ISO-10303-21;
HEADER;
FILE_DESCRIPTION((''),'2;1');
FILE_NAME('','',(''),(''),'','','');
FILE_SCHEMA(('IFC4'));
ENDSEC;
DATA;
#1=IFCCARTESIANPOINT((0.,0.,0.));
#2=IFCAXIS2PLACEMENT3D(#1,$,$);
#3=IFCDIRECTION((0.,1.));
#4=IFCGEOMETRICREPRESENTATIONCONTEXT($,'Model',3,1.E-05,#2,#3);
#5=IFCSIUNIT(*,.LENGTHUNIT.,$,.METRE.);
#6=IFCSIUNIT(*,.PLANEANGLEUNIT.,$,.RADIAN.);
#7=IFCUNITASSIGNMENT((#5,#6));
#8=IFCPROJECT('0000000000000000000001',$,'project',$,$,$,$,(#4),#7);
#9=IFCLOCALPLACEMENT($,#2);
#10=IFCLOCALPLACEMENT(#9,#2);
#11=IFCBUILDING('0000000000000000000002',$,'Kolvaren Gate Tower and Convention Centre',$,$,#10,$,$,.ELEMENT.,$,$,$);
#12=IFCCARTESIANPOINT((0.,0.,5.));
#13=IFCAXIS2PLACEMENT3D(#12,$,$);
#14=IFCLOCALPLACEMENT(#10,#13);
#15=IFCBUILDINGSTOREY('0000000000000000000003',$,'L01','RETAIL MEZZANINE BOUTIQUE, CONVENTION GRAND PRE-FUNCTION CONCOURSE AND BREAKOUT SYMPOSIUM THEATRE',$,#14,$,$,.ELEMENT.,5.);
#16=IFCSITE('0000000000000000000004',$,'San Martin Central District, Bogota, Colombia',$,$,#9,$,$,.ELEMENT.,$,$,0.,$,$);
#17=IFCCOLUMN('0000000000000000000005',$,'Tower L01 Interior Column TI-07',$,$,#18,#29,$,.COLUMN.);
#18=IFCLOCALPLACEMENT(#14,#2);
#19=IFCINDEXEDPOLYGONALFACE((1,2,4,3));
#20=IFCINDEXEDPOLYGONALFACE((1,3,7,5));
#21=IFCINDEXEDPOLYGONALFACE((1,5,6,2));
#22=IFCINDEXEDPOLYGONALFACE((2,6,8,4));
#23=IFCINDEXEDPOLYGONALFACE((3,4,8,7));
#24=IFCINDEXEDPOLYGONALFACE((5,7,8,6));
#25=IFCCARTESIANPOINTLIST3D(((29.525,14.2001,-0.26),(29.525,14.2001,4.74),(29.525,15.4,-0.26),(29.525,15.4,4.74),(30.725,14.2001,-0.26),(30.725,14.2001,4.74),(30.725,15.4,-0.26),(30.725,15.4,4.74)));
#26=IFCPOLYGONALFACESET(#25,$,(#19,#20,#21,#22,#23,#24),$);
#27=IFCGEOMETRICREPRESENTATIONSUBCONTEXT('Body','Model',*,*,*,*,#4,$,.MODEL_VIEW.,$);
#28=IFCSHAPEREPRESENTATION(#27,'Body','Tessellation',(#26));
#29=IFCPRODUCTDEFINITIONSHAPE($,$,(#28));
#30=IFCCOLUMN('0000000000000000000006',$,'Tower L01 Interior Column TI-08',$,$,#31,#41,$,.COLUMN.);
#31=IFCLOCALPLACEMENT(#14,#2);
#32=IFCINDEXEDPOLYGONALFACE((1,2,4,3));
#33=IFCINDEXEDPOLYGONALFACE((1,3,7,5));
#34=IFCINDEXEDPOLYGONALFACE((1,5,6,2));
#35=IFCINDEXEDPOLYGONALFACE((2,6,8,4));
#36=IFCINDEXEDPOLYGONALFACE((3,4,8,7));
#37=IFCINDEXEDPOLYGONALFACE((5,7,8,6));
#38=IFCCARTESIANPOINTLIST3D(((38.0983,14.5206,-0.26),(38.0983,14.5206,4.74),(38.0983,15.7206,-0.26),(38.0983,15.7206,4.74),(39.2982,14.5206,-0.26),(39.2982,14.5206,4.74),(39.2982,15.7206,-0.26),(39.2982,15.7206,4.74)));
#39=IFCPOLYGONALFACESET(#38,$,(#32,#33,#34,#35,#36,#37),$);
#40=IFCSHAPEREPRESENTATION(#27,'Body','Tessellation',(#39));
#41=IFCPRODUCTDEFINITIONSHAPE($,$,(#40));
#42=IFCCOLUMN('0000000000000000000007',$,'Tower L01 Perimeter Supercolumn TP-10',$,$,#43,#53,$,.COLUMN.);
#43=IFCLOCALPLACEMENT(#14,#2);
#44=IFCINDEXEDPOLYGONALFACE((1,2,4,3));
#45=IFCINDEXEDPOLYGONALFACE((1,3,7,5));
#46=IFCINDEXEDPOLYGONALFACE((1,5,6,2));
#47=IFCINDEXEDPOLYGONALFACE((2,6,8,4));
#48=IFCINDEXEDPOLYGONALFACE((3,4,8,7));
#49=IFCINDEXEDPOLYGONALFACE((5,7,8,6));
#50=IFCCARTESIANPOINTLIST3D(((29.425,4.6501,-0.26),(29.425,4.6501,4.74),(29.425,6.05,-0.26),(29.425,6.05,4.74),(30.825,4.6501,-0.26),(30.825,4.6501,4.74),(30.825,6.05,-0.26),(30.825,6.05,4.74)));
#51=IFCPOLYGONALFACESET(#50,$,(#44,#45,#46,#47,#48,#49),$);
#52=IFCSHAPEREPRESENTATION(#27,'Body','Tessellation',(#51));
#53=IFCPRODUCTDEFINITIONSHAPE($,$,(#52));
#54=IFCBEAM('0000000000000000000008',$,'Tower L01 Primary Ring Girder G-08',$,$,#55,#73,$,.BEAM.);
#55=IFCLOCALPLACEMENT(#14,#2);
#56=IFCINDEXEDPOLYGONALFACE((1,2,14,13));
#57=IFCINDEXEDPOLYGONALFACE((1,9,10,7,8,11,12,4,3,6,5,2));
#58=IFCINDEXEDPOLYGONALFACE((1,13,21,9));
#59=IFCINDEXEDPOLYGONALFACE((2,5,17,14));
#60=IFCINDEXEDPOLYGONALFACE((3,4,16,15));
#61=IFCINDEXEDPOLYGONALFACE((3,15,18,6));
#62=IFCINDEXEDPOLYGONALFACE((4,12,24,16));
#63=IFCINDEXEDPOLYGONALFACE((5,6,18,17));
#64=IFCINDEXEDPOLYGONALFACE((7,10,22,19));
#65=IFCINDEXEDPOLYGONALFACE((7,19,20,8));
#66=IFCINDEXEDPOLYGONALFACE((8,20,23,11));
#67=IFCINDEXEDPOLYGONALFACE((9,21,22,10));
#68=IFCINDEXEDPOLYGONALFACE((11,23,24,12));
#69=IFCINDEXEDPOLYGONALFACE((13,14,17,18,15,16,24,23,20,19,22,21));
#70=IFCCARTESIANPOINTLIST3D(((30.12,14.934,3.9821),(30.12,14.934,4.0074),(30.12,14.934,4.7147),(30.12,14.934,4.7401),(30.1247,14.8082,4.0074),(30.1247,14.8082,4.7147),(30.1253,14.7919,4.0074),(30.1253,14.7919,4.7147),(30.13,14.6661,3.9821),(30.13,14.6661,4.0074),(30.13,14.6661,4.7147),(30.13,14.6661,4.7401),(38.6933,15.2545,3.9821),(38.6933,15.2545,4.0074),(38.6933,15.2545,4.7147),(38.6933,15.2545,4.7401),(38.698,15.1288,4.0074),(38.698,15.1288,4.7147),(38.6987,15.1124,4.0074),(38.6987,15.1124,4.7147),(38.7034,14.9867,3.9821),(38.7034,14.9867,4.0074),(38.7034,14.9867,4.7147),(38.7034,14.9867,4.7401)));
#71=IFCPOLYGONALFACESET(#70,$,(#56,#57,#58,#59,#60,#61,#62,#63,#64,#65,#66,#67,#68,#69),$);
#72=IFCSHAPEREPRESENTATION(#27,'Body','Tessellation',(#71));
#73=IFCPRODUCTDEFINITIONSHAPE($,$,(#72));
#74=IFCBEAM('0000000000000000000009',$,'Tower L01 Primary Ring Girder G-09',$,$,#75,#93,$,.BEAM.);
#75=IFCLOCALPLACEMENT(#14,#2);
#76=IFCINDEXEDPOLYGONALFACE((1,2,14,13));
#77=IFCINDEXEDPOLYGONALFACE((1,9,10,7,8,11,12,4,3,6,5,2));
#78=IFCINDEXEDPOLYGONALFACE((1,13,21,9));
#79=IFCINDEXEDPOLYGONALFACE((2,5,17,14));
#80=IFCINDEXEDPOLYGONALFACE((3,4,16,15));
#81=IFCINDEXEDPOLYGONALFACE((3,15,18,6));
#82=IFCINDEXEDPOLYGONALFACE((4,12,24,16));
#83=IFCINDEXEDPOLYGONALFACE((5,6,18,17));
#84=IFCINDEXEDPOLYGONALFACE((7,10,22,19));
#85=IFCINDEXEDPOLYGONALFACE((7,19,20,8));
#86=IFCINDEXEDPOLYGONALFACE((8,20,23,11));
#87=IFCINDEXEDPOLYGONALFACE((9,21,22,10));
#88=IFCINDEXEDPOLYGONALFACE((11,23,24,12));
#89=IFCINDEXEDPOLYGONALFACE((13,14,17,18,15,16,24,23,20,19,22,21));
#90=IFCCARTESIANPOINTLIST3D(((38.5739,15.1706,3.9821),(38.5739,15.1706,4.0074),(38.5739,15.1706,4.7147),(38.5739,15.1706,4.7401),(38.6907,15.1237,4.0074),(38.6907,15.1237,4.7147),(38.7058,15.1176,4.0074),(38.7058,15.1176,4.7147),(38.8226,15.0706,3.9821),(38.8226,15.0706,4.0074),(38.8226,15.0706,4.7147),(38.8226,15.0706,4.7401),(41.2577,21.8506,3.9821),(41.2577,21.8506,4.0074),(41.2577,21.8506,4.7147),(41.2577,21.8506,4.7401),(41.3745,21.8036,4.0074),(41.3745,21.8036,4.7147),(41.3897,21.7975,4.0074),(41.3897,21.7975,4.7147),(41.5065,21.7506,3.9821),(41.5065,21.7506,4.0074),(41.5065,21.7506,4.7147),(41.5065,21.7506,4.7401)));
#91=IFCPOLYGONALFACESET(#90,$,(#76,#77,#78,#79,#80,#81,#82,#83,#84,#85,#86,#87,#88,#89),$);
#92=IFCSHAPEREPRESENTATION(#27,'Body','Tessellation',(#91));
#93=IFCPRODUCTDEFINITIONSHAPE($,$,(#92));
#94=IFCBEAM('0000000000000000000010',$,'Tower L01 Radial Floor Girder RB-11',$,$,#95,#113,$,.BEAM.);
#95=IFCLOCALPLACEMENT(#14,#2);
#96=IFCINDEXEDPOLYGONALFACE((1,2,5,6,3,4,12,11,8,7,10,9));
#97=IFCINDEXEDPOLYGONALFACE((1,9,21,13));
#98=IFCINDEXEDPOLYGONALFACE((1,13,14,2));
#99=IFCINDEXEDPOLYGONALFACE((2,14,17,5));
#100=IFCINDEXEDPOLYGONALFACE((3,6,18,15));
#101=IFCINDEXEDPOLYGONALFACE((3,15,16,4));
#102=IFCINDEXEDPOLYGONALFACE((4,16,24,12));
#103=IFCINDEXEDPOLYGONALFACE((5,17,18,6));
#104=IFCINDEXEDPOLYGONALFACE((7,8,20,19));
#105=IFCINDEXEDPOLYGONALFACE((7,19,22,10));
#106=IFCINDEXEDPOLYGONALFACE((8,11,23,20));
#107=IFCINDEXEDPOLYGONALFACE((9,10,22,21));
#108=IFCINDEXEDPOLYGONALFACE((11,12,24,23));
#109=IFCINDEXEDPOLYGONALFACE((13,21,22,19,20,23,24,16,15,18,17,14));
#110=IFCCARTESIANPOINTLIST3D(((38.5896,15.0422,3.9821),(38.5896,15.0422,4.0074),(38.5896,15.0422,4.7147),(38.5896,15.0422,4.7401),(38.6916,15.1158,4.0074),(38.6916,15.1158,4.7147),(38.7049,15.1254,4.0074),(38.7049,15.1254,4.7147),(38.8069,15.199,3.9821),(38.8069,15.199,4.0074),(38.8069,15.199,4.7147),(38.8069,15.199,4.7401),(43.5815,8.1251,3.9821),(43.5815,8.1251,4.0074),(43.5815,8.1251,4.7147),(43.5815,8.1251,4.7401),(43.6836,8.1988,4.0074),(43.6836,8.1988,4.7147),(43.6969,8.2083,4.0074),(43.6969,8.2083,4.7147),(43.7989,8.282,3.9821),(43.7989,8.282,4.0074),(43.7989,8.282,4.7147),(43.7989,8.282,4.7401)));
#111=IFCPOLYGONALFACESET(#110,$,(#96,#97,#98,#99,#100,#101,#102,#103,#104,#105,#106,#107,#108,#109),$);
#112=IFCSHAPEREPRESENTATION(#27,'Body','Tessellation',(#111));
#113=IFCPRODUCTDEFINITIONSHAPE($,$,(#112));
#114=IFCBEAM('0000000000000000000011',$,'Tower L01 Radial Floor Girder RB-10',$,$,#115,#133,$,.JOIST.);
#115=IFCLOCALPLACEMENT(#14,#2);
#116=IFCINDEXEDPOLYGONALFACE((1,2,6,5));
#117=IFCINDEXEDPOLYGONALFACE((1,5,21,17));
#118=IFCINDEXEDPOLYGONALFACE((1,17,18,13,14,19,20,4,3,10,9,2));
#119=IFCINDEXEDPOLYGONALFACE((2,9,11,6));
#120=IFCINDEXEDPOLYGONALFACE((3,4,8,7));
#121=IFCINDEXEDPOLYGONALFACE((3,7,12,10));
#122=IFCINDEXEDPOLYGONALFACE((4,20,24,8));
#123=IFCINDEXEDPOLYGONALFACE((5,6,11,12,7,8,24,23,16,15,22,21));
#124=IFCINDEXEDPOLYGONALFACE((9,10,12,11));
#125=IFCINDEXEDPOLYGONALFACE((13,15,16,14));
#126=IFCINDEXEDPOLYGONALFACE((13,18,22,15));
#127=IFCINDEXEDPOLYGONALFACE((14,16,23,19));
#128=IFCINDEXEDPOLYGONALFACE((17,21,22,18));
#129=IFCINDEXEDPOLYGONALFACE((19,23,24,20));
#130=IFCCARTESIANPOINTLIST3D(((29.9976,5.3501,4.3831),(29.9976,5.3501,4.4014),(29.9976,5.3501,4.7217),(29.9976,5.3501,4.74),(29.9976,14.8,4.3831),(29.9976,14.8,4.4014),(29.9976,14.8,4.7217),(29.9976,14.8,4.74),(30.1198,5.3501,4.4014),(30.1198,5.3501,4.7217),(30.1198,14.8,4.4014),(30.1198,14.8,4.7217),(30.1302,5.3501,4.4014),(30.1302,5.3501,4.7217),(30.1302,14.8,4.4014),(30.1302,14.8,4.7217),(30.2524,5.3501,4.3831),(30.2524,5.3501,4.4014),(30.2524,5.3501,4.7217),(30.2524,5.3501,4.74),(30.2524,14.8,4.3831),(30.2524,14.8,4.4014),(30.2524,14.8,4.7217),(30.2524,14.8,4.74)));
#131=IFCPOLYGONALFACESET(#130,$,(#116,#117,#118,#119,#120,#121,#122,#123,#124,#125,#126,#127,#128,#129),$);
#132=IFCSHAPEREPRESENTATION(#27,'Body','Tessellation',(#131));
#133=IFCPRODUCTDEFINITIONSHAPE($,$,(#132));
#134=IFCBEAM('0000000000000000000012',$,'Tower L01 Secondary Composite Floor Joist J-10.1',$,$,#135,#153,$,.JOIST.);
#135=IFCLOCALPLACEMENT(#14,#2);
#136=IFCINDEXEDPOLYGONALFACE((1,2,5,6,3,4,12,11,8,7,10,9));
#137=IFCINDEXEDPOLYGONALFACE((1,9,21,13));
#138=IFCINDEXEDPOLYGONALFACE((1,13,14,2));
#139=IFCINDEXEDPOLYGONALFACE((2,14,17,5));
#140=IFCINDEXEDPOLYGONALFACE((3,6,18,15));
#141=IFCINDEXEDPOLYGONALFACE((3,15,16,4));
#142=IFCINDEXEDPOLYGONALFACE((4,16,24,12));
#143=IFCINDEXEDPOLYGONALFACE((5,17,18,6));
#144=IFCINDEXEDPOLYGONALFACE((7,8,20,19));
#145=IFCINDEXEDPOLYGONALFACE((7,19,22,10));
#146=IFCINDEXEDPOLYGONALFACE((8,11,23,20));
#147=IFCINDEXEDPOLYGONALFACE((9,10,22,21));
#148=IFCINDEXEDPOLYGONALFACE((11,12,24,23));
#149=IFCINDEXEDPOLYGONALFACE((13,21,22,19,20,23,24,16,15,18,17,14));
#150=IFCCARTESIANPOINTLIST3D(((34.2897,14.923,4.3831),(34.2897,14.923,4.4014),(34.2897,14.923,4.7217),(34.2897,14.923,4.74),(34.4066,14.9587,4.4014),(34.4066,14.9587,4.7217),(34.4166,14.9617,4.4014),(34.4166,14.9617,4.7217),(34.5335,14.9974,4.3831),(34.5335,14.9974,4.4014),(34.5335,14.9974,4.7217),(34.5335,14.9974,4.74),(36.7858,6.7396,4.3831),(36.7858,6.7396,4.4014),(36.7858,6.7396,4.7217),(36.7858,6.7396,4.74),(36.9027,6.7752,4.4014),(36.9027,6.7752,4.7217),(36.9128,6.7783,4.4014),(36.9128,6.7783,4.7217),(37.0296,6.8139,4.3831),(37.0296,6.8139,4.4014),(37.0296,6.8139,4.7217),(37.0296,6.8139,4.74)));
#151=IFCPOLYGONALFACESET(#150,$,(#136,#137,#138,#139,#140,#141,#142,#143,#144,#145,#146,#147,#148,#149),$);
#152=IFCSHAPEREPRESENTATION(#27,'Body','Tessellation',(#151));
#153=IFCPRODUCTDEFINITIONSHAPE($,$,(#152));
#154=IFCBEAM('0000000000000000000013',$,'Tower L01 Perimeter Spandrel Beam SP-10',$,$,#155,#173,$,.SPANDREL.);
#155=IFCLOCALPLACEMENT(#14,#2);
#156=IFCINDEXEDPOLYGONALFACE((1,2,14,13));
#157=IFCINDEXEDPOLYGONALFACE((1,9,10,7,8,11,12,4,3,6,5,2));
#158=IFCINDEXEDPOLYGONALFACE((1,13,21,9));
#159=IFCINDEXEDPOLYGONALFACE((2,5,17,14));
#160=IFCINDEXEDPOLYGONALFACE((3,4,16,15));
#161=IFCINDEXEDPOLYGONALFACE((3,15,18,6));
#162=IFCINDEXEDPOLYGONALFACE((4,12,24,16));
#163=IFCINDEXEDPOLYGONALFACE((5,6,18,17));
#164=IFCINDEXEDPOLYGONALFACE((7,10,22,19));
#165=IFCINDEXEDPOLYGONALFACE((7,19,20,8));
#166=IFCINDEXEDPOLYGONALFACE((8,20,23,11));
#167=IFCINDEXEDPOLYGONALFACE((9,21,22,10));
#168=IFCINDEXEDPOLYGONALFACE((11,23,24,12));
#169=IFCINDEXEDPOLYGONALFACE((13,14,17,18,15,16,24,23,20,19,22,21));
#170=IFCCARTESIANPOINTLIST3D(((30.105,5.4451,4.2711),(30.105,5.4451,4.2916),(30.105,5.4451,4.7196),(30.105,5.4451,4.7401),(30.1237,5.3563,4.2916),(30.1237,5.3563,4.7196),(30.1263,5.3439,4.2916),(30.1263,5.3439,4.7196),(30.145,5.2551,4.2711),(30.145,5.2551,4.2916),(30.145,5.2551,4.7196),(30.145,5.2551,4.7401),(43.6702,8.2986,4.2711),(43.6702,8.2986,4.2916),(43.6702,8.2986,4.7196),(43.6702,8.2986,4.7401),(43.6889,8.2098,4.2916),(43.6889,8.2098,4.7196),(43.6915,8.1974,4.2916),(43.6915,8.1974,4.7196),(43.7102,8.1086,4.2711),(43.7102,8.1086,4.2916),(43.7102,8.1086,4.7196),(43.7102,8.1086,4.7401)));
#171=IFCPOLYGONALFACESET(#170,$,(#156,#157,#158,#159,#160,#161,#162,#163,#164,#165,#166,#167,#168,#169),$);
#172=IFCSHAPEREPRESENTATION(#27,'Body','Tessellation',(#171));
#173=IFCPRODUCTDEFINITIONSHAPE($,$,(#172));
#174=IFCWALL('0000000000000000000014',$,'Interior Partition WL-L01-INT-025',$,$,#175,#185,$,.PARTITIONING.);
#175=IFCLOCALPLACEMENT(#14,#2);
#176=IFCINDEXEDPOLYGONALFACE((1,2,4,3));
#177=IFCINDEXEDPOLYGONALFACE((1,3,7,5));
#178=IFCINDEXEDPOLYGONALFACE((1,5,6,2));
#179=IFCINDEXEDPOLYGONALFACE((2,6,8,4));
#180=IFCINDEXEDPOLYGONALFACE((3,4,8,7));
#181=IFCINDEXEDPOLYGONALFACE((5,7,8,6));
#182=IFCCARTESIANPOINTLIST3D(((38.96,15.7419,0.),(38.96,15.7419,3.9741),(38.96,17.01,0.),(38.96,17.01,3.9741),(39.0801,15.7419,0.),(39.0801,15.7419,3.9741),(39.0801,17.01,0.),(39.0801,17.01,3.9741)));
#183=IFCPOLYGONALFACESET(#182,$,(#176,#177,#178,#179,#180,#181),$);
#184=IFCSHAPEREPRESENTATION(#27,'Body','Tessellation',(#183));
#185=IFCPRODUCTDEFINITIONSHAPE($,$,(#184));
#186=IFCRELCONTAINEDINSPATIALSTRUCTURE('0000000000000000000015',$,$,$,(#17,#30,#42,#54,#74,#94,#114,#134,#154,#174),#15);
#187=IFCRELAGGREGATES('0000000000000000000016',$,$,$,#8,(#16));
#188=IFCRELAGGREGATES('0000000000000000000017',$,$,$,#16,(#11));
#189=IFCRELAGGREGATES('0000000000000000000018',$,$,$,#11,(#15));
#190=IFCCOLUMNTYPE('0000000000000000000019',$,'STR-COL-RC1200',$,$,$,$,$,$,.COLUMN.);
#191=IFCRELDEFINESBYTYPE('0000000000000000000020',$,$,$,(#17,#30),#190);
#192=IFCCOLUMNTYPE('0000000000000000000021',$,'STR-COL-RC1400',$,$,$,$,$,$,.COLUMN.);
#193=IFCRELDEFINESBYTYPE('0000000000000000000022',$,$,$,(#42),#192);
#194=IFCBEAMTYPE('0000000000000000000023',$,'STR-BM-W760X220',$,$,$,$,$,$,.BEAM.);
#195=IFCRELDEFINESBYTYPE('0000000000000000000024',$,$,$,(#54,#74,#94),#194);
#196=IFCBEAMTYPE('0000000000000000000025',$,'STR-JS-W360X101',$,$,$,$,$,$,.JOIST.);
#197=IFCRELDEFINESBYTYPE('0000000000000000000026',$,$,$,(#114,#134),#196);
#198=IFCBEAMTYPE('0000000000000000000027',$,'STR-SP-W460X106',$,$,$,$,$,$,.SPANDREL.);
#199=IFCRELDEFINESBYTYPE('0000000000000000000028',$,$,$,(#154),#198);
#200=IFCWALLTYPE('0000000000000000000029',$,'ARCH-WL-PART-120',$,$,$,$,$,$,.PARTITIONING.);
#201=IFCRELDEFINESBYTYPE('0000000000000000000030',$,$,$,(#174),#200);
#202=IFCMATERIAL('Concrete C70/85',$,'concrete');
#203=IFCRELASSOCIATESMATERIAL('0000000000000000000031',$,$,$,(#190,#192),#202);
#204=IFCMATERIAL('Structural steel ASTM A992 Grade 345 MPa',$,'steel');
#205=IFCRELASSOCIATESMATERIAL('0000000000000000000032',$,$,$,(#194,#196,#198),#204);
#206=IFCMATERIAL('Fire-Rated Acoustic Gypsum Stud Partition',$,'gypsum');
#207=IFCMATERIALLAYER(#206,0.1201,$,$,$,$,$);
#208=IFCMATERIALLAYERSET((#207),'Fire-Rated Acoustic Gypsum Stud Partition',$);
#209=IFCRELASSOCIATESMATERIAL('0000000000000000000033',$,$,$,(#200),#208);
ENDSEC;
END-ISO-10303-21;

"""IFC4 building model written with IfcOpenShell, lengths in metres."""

from ifc_helpers import new_model, si_unit, direction, frame, frame_2d, origin, origin_2d, place, context, subcontext, project, spatial, rectangle, i_section, extrude, material, layer, layer_set, material_profile, profile_set, type_object, element, save


model = new_model("IFC4")

# Units and contexts
model_context = context("Model", 3, precision=1e-05, world=origin(), true_north=direction((0.0, 1.0)))
body_context = subcontext(model_context, "Body", "Model", "MODEL_VIEW")
ifc_project = project(units=[si_unit("LENGTHUNIT", "METRE"), si_unit("PLANEANGLEUNIT", "RADIAN")], contexts=[model_context])

# Site, building, storey
site_placement = place(None, origin())
site = spatial("IfcSite", under=ifc_project, at=site_placement, Name="San Martin Central District, Bogota, Colombia", CompositionType="ELEMENT", RefElevation=0.0)
building_placement = place(site_placement, origin())
building = spatial("IfcBuilding", under=site, at=building_placement, Name="Kolvaren Gate Tower and Convention Centre", CompositionType="ELEMENT")
storey_placement = place(building_placement, frame((0.0, 0.0, 5.0)))
storey = spatial("IfcBuildingStorey", under=building, at=storey_placement, Name="L01", Description="RETAIL MEZZANINE BOUTIQUE, CONVENTION GRAND PRE-FUNCTION CONCOURSE AND BREAKOUT SYMPOSIUM THEATRE", CompositionType="ELEMENT", Elevation=5.0)

# Columns
ifc_material_1 = material(Name="Concrete C70/85", Category="concrete")
ifc_material_profile_1 = material_profile(ifc_material_1, rectangle(XDim=1.2, YDim=1.2, at=origin_2d()), Name="RC-COL-1200X1200")
ifc_profile_set_1 = profile_set([ifc_material_profile_1], Name="Concrete C70/85")
column_type_1 = type_object("IfcColumnType", Name="STR-COL-RC1200", PredefinedType="COLUMN", material=ifc_profile_set_1)
for number, where, z_axis, x_axis, name in (
    (1, (30.125, 14.8, -0.26), (0.0, 0.0, 1.0), (1.0, 0.0, 0.0), "Tower L01 Interior Column TI-07"),
    (2, (38.6982, 15.1206, -0.26), (0.0, 0.0, 1.0), (1.0, 0.0, 0.0), "Tower L01 Interior Column TI-08"),
):
    element("IfcColumn", number, at=place(storey_placement, frame(where, z_axis=z_axis, x_axis=x_axis)), inside=storey, type_object=column_type_1, Name=name, PredefinedType="COLUMN", context=body_context, shape_type="SweptSolid", body=[
        extrude(rectangle(XDim=1.2, YDim=1.2, at=origin_2d()), origin(), (0.0, 0.0, 1.0), 5.0),
    ])
ifc_material_profile_2 = material_profile(ifc_material_1, rectangle(XDim=1.3999, YDim=1.3999, at=origin_2d()), Name="RC-COL-1400X1400")
ifc_profile_set_2 = profile_set([ifc_material_profile_2], Name="Concrete C70/85")
column_type_2 = type_object("IfcColumnType", Name="STR-COL-RC1400", PredefinedType="COLUMN", material=ifc_profile_set_2)
column_placement = place(storey_placement, frame((30.125, 5.3501, -0.26), z_axis=(0.0, 0.0, 1.0), x_axis=(1.0, 0.0, 0.0)))
element("IfcColumn", 3, at=column_placement, inside=storey, type_object=column_type_2, Name="Tower L01 Perimeter Supercolumn TP-10", PredefinedType="COLUMN", context=body_context, shape_type="SweptSolid", body=[
    extrude(rectangle(XDim=1.3999, YDim=1.3999, at=origin_2d()), origin(), (0.0, 0.0, 1.0), 5.0),
])

# Beams
ifc_material_2 = material(Name="Structural steel ASTM A992 Grade 345 MPa", Category="steel")
ifc_material_profile_3 = material_profile(ifc_material_2, i_section(OverallWidth=0.2681, OverallDepth=0.7581, WebThickness=0.0164, FlangeThickness=0.0254, at=origin_2d()), Name="W760X220")
ifc_profile_set_3 = profile_set([ifc_material_profile_3], Name="Structural steel ASTM A992 Grade 345 MPa")
beam_type_1 = type_object("IfcBeamType", Name="STR-BM-W760X220", PredefinedType="BEAM", material=ifc_profile_set_3)
beam_1_placement = place(storey_placement, frame((30.125, 14.8, 4.3611), z_axis=(0.999302, 0.037364, 0.0), x_axis=(-0.037364, 0.999302, 0.0)))
element("IfcBeam", 4, at=beam_1_placement, inside=storey, type_object=beam_type_1, Name="Tower L01 Primary Ring Girder G-08", PredefinedType="BEAM", context=body_context, shape_type="SweptSolid", body=[
    extrude(i_section(OverallWidth=0.2681, OverallDepth=0.7581, WebThickness=0.0164, FlangeThickness=0.0254, at=origin_2d()), origin(), (0.0, 0.0, 1.0), 8.5793),
])
beam_2_placement = place(storey_placement, frame((38.6982, 15.1206, 4.3611), z_axis=(0.372811, 0.927907, 0.0), x_axis=(-0.927907, 0.372811, 0.0)))
element("IfcBeam", 5, at=beam_2_placement, inside=storey, type_object=beam_type_1, Name="Tower L01 Primary Ring Girder G-09", PredefinedType="BEAM", context=body_context, shape_type="SweptSolid", body=[
    extrude(i_section(OverallWidth=0.2681, OverallDepth=0.7581, WebThickness=0.0164, FlangeThickness=0.0254, at=origin_2d()), origin(), (0.0, 0.0, 1.0), 7.199),
])
beam_3_placement = place(storey_placement, frame((38.6982, 15.1206, 4.3611), z_axis=(0.585208, -0.810883, 0.0), x_axis=(0.810883, 0.585208, 0.0)))
element("IfcBeam", 6, at=beam_3_placement, inside=storey, type_object=beam_type_1, Name="Tower L01 Radial Floor Girder RB-11", PredefinedType="BEAM", context=body_context, shape_type="SweptSolid", body=[
    extrude(i_section(OverallWidth=0.2681, OverallDepth=0.7581, WebThickness=0.0164, FlangeThickness=0.0254, at=origin_2d()), origin(), (0.0, 0.0, 1.0), 8.5303),
])
ifc_material_profile_4 = material_profile(ifc_material_2, i_section(OverallWidth=0.2549, OverallDepth=0.3569, WebThickness=0.0105, FlangeThickness=0.0183, at=origin_2d()), Name="W360X101")
ifc_profile_set_4 = profile_set([ifc_material_profile_4], Name="Structural steel ASTM A992 Grade 345 MPa")
beam_type_2 = type_object("IfcBeamType", Name="STR-JS-W360X101", PredefinedType="JOIST", material=ifc_profile_set_4)
beam_4_placement = place(storey_placement, frame((30.125, 14.8, 4.5615), z_axis=(0.0, -1.0, 0.0), x_axis=(1.0, 0.0, 0.0)))
element("IfcBeam", 7, at=beam_4_placement, inside=storey, type_object=beam_type_2, Name="Tower L01 Radial Floor Girder RB-10", PredefinedType="JOIST", context=body_context, shape_type="SweptSolid", body=[
    extrude(i_section(OverallWidth=0.2549, OverallDepth=0.3569, WebThickness=0.0105, FlangeThickness=0.0183, at=origin_2d()), origin(), (0.0, 0.0, 1.0), 9.45),
])
beam_5_placement = place(storey_placement, frame((34.4116, 14.9602, 4.5615), z_axis=(0.291751, -0.956494, 0.0), x_axis=(0.956494, 0.291751, 0.0)))
element("IfcBeam", 8, at=beam_5_placement, inside=storey, type_object=beam_type_2, Name="Tower L01 Secondary Composite Floor Joist J-10.1", PredefinedType="JOIST", context=body_context, shape_type="SweptSolid", body=[
    extrude(i_section(OverallWidth=0.2549, OverallDepth=0.3569, WebThickness=0.0105, FlangeThickness=0.0183, at=origin_2d()), origin(), (0.0, 0.0, 1.0), 8.5557),
])
ifc_material_profile_5 = material_profile(ifc_material_2, i_section(OverallWidth=0.1941, OverallDepth=0.469, WebThickness=0.0127, FlangeThickness=0.0205, at=origin_2d()), Name="W460X106")
ifc_profile_set_5 = profile_set([ifc_material_profile_5], Name="Structural steel ASTM A992 Grade 345 MPa")
beam_type_3 = type_object("IfcBeamType", Name="STR-SP-W460X106", PredefinedType="SPANDREL", material=ifc_profile_set_5)
beam_6_placement = place(storey_placement, frame((30.125, 5.3501, 4.5056), z_axis=(0.978583, 0.205851, 0.0), x_axis=(-0.205851, 0.978583, 0.0)))
element("IfcBeam", 9, at=beam_6_placement, inside=storey, type_object=beam_type_3, Name="Tower L01 Perimeter Spandrel Beam SP-10", PredefinedType="SPANDREL", context=body_context, shape_type="SweptSolid", body=[
    extrude(i_section(OverallWidth=0.1941, OverallDepth=0.469, WebThickness=0.0127, FlangeThickness=0.0205, at=origin_2d()), origin(), (0.0, 0.0, 1.0), 13.8621),
])

# Wall
ifc_material_3 = material(Name="Fire-Rated Acoustic Gypsum Stud Partition", Category="gypsum")
ifc_layer_1 = layer(ifc_material_3, 0.1201)
ifc_layer_set_1 = layer_set([ifc_layer_1], Name="Fire-Rated Acoustic Gypsum Stud Partition")
wall_type_1 = type_object("IfcWallType", Name="ARCH-WL-PART-120", PredefinedType="PARTITIONING", material=ifc_layer_set_1)
wall_1_placement = place(storey_placement, frame((39.02, 15.7419, 0.0), z_axis=(0.0, 0.0, 1.0), x_axis=(0.0, 1.0, 0.0)))
element("IfcWall", 10, at=wall_1_placement, inside=storey, type_object=wall_type_1, Name="Interior Partition WL-L01-INT-025", PredefinedType="PARTITIONING", context=body_context, shape_type="SweptSolid", body=[
    extrude(rectangle(XDim=1.2681, YDim=0.1201, at=frame_2d((0.634, 0.0))), origin(), (0.0, 0.0, 1.0), 3.9741),
])

save(model, "model.ifc")
